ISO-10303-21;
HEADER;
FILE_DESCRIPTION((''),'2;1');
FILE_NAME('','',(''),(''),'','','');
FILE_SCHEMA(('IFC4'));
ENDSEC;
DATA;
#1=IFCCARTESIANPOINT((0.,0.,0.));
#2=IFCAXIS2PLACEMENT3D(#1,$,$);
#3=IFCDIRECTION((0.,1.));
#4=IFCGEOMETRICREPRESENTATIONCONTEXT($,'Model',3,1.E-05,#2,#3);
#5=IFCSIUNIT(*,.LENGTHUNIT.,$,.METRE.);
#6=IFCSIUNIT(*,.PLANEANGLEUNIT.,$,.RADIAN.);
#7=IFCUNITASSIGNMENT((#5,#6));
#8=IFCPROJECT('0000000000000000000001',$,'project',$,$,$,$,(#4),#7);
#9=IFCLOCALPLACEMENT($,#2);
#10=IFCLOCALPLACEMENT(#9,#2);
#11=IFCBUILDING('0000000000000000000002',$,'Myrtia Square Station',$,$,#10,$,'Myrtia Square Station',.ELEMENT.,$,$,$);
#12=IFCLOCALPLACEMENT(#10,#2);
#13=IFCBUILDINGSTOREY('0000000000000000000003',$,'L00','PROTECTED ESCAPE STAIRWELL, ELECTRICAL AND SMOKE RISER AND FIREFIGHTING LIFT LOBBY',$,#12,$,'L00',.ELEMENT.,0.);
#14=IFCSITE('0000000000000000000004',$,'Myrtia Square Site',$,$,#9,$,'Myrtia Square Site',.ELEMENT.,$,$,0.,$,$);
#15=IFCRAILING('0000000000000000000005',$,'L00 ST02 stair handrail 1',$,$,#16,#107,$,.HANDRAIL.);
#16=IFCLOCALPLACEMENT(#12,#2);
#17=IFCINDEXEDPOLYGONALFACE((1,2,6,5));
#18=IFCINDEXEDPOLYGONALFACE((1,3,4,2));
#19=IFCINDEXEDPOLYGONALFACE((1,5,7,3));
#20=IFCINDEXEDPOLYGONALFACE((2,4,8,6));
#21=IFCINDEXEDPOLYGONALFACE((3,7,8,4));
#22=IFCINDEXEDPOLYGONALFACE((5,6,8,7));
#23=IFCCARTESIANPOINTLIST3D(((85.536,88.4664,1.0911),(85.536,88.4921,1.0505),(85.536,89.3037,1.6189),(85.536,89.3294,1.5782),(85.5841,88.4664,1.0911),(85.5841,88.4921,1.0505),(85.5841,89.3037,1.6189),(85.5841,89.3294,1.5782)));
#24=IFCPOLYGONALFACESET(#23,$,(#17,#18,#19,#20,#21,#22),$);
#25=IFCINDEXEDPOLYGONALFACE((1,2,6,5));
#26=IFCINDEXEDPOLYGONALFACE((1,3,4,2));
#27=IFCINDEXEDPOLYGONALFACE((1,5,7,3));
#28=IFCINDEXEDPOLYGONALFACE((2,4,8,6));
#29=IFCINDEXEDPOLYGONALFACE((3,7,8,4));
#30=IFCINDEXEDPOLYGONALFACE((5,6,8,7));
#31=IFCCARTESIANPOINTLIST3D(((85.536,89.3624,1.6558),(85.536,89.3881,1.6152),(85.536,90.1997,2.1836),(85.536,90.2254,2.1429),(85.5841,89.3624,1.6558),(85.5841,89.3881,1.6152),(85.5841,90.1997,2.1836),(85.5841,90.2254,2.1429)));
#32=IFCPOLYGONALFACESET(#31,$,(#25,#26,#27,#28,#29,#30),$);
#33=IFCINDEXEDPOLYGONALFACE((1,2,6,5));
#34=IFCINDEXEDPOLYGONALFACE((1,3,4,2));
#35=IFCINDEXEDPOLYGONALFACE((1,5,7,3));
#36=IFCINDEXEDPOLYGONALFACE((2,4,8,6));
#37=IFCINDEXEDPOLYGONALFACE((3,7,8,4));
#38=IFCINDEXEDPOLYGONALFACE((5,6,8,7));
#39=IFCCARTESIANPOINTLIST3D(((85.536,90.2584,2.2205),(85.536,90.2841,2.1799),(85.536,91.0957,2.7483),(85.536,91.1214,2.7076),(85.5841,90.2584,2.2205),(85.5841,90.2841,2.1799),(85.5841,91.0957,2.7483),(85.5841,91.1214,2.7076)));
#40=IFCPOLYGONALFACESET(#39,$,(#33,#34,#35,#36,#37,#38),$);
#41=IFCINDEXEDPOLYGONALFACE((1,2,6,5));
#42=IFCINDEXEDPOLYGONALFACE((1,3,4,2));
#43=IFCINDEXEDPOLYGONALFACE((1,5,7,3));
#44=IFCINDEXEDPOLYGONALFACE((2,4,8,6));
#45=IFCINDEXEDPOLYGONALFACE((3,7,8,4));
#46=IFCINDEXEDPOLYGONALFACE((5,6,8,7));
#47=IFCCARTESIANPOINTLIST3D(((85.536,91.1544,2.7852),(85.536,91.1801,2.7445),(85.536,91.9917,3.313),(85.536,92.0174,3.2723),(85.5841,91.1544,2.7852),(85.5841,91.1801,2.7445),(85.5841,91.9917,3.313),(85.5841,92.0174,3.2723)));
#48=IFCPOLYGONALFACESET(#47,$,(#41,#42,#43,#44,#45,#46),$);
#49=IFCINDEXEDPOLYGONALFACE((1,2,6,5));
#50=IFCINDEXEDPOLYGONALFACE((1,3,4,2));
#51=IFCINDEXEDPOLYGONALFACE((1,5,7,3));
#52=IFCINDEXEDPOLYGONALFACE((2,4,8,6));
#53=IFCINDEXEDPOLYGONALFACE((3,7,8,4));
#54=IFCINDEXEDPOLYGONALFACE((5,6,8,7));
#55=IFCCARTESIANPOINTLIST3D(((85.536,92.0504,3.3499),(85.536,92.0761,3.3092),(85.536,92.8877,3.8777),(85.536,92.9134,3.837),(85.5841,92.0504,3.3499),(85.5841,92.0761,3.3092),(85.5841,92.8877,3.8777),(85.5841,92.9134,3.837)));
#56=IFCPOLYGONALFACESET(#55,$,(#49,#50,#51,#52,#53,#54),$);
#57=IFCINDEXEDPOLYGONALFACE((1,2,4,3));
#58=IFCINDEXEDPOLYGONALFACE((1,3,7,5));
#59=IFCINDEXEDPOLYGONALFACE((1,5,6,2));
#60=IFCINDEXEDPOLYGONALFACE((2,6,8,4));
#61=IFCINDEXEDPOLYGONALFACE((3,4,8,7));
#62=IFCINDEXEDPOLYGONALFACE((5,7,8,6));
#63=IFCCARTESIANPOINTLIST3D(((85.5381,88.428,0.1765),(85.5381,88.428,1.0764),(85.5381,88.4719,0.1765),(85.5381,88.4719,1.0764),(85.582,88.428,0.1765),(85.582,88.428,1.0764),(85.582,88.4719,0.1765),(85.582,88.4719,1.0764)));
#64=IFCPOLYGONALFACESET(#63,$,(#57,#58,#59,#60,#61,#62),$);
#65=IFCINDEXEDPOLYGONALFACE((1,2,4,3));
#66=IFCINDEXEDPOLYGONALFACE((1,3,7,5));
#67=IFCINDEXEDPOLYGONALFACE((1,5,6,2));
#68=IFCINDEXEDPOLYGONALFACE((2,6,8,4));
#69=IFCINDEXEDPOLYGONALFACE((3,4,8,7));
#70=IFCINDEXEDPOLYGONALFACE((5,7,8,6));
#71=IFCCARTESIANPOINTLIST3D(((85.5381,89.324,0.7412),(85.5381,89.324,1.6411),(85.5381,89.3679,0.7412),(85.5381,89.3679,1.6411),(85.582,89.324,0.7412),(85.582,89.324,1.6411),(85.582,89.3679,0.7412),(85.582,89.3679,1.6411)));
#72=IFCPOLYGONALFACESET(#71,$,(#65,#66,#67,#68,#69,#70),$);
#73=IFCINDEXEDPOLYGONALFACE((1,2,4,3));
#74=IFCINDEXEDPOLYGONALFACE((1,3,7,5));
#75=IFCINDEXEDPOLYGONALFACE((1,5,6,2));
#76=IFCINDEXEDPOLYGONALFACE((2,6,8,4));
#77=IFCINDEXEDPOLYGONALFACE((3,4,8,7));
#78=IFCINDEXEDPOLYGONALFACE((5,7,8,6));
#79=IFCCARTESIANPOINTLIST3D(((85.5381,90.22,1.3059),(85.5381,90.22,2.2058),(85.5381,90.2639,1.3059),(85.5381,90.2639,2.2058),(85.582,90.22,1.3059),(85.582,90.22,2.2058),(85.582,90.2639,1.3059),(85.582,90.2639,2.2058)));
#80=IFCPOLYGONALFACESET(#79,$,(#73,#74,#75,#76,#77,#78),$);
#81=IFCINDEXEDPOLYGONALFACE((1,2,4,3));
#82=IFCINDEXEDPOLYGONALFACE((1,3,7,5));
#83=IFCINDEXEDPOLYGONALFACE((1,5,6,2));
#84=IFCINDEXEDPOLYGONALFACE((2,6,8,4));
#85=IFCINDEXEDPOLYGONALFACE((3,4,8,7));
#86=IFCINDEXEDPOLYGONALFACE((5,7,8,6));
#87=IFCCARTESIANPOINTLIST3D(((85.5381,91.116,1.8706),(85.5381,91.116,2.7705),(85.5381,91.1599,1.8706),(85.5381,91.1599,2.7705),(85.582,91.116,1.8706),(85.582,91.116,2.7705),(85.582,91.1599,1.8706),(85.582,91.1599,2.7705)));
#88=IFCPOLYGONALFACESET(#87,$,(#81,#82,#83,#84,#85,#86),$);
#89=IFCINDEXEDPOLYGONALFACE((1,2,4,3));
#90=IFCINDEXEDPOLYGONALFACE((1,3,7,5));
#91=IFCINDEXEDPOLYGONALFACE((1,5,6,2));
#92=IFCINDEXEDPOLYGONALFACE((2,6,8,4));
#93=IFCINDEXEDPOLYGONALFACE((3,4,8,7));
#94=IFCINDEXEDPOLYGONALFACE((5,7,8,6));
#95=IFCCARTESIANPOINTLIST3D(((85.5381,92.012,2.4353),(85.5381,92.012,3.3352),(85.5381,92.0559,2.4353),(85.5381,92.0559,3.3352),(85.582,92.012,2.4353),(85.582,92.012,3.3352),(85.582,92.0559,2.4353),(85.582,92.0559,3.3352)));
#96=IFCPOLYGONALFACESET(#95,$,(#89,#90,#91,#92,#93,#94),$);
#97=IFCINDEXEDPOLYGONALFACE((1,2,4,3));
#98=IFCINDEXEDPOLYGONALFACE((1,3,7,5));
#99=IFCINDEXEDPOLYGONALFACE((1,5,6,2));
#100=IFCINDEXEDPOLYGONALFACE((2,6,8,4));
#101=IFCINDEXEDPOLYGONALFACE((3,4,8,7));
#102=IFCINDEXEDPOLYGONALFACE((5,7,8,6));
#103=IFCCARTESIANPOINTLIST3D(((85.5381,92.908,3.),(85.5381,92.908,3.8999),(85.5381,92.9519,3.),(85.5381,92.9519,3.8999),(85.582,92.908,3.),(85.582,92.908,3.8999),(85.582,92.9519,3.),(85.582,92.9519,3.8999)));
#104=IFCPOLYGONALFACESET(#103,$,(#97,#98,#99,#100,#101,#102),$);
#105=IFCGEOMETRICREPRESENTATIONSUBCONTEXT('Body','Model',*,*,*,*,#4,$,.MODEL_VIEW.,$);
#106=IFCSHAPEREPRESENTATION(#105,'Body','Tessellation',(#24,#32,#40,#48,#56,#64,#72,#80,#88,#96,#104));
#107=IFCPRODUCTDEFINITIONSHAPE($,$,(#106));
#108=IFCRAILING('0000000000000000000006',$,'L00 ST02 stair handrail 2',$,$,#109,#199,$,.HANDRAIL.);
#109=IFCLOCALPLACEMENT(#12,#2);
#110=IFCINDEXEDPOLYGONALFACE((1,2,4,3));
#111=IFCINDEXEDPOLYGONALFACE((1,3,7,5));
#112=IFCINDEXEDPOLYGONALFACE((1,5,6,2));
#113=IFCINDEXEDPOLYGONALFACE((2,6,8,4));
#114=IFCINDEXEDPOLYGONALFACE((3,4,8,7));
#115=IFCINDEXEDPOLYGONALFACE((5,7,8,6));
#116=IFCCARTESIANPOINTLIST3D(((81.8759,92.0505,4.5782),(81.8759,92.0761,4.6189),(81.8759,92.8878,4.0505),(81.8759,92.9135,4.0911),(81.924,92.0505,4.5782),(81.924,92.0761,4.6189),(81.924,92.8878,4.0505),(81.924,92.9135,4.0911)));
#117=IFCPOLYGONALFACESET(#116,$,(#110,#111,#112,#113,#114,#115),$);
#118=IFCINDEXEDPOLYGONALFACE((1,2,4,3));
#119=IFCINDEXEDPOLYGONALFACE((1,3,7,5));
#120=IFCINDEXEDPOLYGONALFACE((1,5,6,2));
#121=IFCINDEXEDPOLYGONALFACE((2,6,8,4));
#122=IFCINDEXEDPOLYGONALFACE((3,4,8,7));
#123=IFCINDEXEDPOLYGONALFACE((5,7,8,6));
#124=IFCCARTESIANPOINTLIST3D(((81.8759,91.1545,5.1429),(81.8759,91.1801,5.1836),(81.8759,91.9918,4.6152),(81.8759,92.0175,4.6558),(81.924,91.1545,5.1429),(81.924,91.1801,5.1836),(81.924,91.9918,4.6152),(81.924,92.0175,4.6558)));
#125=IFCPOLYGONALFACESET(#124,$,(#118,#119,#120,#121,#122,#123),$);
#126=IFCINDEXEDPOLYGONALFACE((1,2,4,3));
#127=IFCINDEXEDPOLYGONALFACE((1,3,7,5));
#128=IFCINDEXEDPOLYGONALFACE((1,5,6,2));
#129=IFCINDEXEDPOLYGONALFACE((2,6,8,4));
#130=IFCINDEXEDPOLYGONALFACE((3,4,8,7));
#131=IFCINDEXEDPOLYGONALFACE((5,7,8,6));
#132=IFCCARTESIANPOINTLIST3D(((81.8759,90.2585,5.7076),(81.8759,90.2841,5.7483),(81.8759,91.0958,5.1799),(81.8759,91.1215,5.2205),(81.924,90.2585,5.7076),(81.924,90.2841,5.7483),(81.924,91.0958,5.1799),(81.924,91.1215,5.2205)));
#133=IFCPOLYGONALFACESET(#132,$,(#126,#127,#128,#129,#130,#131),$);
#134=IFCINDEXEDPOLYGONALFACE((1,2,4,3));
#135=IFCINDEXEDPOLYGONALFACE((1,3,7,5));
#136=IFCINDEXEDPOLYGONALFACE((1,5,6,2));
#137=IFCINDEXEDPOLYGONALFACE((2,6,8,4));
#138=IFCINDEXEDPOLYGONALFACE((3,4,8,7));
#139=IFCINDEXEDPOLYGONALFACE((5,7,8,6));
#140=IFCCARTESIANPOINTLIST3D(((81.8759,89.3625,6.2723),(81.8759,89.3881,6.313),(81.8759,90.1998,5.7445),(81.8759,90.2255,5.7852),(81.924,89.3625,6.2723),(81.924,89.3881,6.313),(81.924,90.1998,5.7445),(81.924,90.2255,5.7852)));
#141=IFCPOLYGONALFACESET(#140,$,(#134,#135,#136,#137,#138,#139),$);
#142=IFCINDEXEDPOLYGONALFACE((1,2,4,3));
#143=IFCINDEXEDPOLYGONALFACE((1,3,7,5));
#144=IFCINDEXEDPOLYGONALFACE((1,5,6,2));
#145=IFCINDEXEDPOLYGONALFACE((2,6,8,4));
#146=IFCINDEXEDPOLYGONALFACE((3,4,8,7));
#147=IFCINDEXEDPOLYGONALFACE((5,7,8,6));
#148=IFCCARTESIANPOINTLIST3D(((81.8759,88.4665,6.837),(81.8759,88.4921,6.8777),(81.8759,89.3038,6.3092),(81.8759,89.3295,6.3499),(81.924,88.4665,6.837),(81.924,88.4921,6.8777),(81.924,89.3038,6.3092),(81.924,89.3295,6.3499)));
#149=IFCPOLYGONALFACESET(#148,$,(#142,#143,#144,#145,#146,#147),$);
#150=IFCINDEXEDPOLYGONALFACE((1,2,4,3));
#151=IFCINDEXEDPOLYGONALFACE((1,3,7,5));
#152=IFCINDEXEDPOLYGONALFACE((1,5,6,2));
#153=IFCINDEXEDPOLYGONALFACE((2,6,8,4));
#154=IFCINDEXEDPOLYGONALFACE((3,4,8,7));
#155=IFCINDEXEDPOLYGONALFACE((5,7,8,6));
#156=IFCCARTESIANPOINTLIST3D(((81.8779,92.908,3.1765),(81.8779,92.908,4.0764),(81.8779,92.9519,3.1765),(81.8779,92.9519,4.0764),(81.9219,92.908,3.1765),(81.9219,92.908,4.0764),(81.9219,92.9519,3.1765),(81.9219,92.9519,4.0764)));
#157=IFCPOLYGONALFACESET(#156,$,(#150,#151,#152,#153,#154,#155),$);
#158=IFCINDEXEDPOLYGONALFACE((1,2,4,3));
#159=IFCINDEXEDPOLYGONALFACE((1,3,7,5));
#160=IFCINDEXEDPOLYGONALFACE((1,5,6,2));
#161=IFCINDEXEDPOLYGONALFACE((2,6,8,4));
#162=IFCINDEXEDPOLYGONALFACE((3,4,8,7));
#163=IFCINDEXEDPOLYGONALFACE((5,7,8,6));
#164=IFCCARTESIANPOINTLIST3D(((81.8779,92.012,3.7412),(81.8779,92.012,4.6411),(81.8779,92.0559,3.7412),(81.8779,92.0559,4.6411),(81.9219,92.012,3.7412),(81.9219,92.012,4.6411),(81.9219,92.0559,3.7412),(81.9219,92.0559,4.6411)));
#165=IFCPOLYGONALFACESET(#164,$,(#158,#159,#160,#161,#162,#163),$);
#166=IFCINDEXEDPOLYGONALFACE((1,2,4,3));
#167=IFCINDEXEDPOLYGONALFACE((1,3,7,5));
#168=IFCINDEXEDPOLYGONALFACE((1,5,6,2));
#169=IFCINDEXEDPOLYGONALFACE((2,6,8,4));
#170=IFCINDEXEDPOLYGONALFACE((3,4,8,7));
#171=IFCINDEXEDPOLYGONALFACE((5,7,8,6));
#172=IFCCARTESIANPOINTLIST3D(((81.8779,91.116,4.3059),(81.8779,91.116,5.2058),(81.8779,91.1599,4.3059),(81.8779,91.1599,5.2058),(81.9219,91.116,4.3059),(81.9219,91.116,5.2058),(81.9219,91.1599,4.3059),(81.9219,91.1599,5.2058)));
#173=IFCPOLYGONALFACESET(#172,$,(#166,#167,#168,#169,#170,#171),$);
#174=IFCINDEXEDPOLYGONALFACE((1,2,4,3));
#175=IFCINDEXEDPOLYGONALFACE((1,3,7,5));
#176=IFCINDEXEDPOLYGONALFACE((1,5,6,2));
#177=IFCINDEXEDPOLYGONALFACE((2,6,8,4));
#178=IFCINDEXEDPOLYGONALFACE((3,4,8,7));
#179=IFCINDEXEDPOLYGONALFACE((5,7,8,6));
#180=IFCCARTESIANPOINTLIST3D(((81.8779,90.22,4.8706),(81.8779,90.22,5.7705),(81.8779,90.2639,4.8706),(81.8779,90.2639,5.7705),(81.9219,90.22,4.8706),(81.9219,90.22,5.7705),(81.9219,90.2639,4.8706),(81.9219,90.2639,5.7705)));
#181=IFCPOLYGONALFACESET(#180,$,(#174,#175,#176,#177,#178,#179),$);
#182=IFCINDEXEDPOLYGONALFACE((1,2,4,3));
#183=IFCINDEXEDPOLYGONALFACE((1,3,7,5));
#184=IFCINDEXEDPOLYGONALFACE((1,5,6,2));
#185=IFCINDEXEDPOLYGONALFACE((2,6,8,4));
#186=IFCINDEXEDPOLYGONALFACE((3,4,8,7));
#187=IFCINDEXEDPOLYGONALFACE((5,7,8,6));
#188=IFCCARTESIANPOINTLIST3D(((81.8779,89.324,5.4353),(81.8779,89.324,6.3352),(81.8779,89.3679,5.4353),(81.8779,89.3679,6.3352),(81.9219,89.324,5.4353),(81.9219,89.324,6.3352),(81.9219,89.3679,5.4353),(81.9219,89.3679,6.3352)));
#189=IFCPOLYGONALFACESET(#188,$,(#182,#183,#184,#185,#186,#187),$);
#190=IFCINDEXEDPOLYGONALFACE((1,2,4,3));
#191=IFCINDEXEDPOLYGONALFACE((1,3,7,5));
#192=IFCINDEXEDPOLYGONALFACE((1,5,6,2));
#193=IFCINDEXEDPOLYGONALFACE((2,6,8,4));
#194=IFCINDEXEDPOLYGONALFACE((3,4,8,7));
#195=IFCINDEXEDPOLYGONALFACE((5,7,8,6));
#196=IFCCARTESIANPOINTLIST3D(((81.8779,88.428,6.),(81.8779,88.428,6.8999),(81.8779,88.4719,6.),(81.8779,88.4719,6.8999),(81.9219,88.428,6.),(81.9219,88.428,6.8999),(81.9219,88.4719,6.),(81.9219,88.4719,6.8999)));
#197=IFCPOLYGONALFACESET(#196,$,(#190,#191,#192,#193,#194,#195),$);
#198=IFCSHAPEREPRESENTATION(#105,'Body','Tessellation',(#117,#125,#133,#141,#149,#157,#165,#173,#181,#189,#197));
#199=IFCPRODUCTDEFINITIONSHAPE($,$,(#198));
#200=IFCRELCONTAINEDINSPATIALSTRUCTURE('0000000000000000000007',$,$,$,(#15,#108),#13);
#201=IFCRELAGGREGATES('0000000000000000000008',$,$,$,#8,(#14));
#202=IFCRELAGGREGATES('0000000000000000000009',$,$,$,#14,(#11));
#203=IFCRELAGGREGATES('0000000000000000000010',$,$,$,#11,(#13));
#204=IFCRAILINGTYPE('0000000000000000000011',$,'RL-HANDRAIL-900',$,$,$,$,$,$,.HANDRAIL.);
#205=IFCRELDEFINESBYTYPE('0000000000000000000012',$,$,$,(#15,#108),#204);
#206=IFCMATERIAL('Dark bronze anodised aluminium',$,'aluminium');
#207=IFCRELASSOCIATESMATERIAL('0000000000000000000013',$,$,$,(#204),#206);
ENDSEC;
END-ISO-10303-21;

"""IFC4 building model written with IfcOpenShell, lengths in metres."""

from ifc_helpers import new_model, si_unit, direction, frame, origin, origin_2d, place, context, subcontext, project, spatial, rectangle, extrude, material, type_object, element, save


model = new_model("IFC4")

# Units and contexts
model_context = context("Model", 3, precision=1e-05, world=origin(), true_north=direction((0.0, 1.0)))
body_context = subcontext(model_context, "Body", "Model", "MODEL_VIEW")
ifc_project = project(units=[si_unit("LENGTHUNIT", "METRE"), si_unit("PLANEANGLEUNIT", "RADIAN")], contexts=[model_context])

# Site, building, storey
site_placement = place(None, origin())
site = spatial("IfcSite", under=ifc_project, at=site_placement, Name="Myrtia Square Site", LongName="Myrtia Square Site", CompositionType="ELEMENT", RefElevation=0.0)
building_placement = place(site_placement, origin())
building = spatial("IfcBuilding", under=site, at=building_placement, Name="Myrtia Square Station", LongName="Myrtia Square Station", CompositionType="ELEMENT")
storey_placement = place(building_placement, origin())
storey = spatial("IfcBuildingStorey", under=building, at=storey_placement, Name="L00", Description="PROTECTED ESCAPE STAIRWELL, ELECTRICAL AND SMOKE RISER AND FIREFIGHTING LIFT LOBBY", LongName="L00", CompositionType="ELEMENT", Elevation=0.0)

# Shared definitions
ifc_material_1 = material(Name="Dark bronze anodised aluminium", Category="aluminium")

# Railings
railing_type_1 = type_object("IfcRailingType", Name="RL-HANDRAIL-900", PredefinedType="HANDRAIL", material=ifc_material_1)
railing_1_placement = place(storey_placement, frame((85.5601, 88.45, 0.1765)))
element("IfcRailing", 1, at=railing_1_placement, inside=storey, type_object=railing_type_1, Name="L00 ST02 stair handrail 1", PredefinedType="HANDRAIL", context=body_context, shape_type="SweptSolid", body=[
    extrude(rectangle(XDim=0.0481, YDim=0.0481, at=origin_2d()), frame((0.0, 0.0293, 0.8943), z_axis=(0.0, 0.845998, 0.533186), x_axis=(-1.0, 0.0, 0.0)), (0.0, 0.0, 1.0), 0.9897),
    extrude(rectangle(XDim=0.0481, YDim=0.0481, at=origin_2d()), frame((0.0, 0.9253, 1.459), z_axis=(0.0, 0.845998, 0.533186), x_axis=(-1.0, 0.0, 0.0)), (0.0, 0.0, 1.0), 0.9897),
    extrude(rectangle(XDim=0.0481, YDim=0.0481, at=origin_2d()), frame((0.0, 1.8213, 2.0237), z_axis=(0.0, 0.845998, 0.533186), x_axis=(-1.0, 0.0, 0.0)), (0.0, 0.0, 1.0), 0.9897),
    extrude(rectangle(XDim=0.0481, YDim=0.0481, at=origin_2d()), frame((0.0, 2.7173, 2.5884), z_axis=(0.0, 0.845998, 0.533186), x_axis=(-1.0, 0.0, 0.0)), (0.0, 0.0, 1.0), 0.9897),
    extrude(rectangle(XDim=0.0481, YDim=0.0481, at=origin_2d()), frame((0.0, 3.6133, 3.1531), z_axis=(0.0, 0.845998, 0.533186), x_axis=(-1.0, 0.0, 0.0)), (0.0, 0.0, 1.0), 0.9897),
    extrude(rectangle(XDim=0.0439, YDim=0.0439, at=origin_2d()), origin(), (0.0, 0.0, 1.0), 0.8999),
    extrude(rectangle(XDim=0.0439, YDim=0.0439, at=origin_2d()), frame((0.0, 0.896, 0.5647)), (0.0, 0.0, 1.0), 0.8999),
    extrude(rectangle(XDim=0.0439, YDim=0.0439, at=origin_2d()), frame((0.0, 1.792, 1.1294)), (0.0, 0.0, 1.0), 0.8999),
    extrude(rectangle(XDim=0.0439, YDim=0.0439, at=origin_2d()), frame((0.0, 2.688, 1.6941)), (0.0, 0.0, 1.0), 0.8999),
    extrude(rectangle(XDim=0.0439, YDim=0.0439, at=origin_2d()), frame((0.0, 3.584, 2.2588)), (0.0, 0.0, 1.0), 0.8999),
    extrude(rectangle(XDim=0.0439, YDim=0.0439, at=origin_2d()), frame((0.0, 4.48, 2.8235)), (0.0, 0.0, 1.0), 0.8999),
])
railing_2_placement = place(storey_placement, frame((81.8999, 92.9299, 3.1765)))
element("IfcRailing", 2, at=railing_2_placement, inside=storey, type_object=railing_type_1, Name="L00 ST02 stair handrail 2", PredefinedType="HANDRAIL", context=body_context, shape_type="SweptSolid", body=[
    extrude(rectangle(XDim=0.0481, YDim=0.0481, at=origin_2d()), frame((0.0, -0.0293, 0.8943), z_axis=(0.0, -0.845998, 0.533186), x_axis=(1.0, 0.0, 0.0)), (0.0, 0.0, 1.0), 0.9897),
    extrude(rectangle(XDim=0.0481, YDim=0.0481, at=origin_2d()), frame((0.0, -0.9253, 1.459), z_axis=(0.0, -0.845998, 0.533186), x_axis=(1.0, 0.0, 0.0)), (0.0, 0.0, 1.0), 0.9897),
    extrude(rectangle(XDim=0.0481, YDim=0.0481, at=origin_2d()), frame((0.0, -1.8213, 2.0237), z_axis=(0.0, -0.845998, 0.533186), x_axis=(1.0, 0.0, 0.0)), (0.0, 0.0, 1.0), 0.9897),
    extrude(rectangle(XDim=0.0481, YDim=0.0481, at=origin_2d()), frame((0.0, -2.7173, 2.5884), z_axis=(0.0, -0.845998, 0.533186), x_axis=(1.0, 0.0, 0.0)), (0.0, 0.0, 1.0), 0.9897),
    extrude(rectangle(XDim=0.0481, YDim=0.0481, at=origin_2d()), frame((0.0, -3.6133, 3.1531), z_axis=(0.0, -0.845998, 0.533186), x_axis=(1.0, 0.0, 0.0)), (0.0, 0.0, 1.0), 0.9897),
    extrude(rectangle(XDim=0.0439, YDim=0.0439, at=origin_2d()), origin(), (0.0, 0.0, 1.0), 0.8999),
    extrude(rectangle(XDim=0.0439, YDim=0.0439, at=origin_2d()), frame((0.0, -0.896, 0.5647)), (0.0, 0.0, 1.0), 0.8999),
    extrude(rectangle(XDim=0.0439, YDim=0.0439, at=origin_2d()), frame((0.0, -1.792, 1.1294)), (0.0, 0.0, 1.0), 0.8999),
    extrude(rectangle(XDim=0.0439, YDim=0.0439, at=origin_2d()), frame((0.0, -2.688, 1.6941)), (0.0, 0.0, 1.0), 0.8999),
    extrude(rectangle(XDim=0.0439, YDim=0.0439, at=origin_2d()), frame((0.0, -3.584, 2.2588)), (0.0, 0.0, 1.0), 0.8999),
    extrude(rectangle(XDim=0.0439, YDim=0.0439, at=origin_2d()), frame((0.0, -4.48, 2.8235)), (0.0, 0.0, 1.0), 0.8999),
])

save(model, "model.ifc")
